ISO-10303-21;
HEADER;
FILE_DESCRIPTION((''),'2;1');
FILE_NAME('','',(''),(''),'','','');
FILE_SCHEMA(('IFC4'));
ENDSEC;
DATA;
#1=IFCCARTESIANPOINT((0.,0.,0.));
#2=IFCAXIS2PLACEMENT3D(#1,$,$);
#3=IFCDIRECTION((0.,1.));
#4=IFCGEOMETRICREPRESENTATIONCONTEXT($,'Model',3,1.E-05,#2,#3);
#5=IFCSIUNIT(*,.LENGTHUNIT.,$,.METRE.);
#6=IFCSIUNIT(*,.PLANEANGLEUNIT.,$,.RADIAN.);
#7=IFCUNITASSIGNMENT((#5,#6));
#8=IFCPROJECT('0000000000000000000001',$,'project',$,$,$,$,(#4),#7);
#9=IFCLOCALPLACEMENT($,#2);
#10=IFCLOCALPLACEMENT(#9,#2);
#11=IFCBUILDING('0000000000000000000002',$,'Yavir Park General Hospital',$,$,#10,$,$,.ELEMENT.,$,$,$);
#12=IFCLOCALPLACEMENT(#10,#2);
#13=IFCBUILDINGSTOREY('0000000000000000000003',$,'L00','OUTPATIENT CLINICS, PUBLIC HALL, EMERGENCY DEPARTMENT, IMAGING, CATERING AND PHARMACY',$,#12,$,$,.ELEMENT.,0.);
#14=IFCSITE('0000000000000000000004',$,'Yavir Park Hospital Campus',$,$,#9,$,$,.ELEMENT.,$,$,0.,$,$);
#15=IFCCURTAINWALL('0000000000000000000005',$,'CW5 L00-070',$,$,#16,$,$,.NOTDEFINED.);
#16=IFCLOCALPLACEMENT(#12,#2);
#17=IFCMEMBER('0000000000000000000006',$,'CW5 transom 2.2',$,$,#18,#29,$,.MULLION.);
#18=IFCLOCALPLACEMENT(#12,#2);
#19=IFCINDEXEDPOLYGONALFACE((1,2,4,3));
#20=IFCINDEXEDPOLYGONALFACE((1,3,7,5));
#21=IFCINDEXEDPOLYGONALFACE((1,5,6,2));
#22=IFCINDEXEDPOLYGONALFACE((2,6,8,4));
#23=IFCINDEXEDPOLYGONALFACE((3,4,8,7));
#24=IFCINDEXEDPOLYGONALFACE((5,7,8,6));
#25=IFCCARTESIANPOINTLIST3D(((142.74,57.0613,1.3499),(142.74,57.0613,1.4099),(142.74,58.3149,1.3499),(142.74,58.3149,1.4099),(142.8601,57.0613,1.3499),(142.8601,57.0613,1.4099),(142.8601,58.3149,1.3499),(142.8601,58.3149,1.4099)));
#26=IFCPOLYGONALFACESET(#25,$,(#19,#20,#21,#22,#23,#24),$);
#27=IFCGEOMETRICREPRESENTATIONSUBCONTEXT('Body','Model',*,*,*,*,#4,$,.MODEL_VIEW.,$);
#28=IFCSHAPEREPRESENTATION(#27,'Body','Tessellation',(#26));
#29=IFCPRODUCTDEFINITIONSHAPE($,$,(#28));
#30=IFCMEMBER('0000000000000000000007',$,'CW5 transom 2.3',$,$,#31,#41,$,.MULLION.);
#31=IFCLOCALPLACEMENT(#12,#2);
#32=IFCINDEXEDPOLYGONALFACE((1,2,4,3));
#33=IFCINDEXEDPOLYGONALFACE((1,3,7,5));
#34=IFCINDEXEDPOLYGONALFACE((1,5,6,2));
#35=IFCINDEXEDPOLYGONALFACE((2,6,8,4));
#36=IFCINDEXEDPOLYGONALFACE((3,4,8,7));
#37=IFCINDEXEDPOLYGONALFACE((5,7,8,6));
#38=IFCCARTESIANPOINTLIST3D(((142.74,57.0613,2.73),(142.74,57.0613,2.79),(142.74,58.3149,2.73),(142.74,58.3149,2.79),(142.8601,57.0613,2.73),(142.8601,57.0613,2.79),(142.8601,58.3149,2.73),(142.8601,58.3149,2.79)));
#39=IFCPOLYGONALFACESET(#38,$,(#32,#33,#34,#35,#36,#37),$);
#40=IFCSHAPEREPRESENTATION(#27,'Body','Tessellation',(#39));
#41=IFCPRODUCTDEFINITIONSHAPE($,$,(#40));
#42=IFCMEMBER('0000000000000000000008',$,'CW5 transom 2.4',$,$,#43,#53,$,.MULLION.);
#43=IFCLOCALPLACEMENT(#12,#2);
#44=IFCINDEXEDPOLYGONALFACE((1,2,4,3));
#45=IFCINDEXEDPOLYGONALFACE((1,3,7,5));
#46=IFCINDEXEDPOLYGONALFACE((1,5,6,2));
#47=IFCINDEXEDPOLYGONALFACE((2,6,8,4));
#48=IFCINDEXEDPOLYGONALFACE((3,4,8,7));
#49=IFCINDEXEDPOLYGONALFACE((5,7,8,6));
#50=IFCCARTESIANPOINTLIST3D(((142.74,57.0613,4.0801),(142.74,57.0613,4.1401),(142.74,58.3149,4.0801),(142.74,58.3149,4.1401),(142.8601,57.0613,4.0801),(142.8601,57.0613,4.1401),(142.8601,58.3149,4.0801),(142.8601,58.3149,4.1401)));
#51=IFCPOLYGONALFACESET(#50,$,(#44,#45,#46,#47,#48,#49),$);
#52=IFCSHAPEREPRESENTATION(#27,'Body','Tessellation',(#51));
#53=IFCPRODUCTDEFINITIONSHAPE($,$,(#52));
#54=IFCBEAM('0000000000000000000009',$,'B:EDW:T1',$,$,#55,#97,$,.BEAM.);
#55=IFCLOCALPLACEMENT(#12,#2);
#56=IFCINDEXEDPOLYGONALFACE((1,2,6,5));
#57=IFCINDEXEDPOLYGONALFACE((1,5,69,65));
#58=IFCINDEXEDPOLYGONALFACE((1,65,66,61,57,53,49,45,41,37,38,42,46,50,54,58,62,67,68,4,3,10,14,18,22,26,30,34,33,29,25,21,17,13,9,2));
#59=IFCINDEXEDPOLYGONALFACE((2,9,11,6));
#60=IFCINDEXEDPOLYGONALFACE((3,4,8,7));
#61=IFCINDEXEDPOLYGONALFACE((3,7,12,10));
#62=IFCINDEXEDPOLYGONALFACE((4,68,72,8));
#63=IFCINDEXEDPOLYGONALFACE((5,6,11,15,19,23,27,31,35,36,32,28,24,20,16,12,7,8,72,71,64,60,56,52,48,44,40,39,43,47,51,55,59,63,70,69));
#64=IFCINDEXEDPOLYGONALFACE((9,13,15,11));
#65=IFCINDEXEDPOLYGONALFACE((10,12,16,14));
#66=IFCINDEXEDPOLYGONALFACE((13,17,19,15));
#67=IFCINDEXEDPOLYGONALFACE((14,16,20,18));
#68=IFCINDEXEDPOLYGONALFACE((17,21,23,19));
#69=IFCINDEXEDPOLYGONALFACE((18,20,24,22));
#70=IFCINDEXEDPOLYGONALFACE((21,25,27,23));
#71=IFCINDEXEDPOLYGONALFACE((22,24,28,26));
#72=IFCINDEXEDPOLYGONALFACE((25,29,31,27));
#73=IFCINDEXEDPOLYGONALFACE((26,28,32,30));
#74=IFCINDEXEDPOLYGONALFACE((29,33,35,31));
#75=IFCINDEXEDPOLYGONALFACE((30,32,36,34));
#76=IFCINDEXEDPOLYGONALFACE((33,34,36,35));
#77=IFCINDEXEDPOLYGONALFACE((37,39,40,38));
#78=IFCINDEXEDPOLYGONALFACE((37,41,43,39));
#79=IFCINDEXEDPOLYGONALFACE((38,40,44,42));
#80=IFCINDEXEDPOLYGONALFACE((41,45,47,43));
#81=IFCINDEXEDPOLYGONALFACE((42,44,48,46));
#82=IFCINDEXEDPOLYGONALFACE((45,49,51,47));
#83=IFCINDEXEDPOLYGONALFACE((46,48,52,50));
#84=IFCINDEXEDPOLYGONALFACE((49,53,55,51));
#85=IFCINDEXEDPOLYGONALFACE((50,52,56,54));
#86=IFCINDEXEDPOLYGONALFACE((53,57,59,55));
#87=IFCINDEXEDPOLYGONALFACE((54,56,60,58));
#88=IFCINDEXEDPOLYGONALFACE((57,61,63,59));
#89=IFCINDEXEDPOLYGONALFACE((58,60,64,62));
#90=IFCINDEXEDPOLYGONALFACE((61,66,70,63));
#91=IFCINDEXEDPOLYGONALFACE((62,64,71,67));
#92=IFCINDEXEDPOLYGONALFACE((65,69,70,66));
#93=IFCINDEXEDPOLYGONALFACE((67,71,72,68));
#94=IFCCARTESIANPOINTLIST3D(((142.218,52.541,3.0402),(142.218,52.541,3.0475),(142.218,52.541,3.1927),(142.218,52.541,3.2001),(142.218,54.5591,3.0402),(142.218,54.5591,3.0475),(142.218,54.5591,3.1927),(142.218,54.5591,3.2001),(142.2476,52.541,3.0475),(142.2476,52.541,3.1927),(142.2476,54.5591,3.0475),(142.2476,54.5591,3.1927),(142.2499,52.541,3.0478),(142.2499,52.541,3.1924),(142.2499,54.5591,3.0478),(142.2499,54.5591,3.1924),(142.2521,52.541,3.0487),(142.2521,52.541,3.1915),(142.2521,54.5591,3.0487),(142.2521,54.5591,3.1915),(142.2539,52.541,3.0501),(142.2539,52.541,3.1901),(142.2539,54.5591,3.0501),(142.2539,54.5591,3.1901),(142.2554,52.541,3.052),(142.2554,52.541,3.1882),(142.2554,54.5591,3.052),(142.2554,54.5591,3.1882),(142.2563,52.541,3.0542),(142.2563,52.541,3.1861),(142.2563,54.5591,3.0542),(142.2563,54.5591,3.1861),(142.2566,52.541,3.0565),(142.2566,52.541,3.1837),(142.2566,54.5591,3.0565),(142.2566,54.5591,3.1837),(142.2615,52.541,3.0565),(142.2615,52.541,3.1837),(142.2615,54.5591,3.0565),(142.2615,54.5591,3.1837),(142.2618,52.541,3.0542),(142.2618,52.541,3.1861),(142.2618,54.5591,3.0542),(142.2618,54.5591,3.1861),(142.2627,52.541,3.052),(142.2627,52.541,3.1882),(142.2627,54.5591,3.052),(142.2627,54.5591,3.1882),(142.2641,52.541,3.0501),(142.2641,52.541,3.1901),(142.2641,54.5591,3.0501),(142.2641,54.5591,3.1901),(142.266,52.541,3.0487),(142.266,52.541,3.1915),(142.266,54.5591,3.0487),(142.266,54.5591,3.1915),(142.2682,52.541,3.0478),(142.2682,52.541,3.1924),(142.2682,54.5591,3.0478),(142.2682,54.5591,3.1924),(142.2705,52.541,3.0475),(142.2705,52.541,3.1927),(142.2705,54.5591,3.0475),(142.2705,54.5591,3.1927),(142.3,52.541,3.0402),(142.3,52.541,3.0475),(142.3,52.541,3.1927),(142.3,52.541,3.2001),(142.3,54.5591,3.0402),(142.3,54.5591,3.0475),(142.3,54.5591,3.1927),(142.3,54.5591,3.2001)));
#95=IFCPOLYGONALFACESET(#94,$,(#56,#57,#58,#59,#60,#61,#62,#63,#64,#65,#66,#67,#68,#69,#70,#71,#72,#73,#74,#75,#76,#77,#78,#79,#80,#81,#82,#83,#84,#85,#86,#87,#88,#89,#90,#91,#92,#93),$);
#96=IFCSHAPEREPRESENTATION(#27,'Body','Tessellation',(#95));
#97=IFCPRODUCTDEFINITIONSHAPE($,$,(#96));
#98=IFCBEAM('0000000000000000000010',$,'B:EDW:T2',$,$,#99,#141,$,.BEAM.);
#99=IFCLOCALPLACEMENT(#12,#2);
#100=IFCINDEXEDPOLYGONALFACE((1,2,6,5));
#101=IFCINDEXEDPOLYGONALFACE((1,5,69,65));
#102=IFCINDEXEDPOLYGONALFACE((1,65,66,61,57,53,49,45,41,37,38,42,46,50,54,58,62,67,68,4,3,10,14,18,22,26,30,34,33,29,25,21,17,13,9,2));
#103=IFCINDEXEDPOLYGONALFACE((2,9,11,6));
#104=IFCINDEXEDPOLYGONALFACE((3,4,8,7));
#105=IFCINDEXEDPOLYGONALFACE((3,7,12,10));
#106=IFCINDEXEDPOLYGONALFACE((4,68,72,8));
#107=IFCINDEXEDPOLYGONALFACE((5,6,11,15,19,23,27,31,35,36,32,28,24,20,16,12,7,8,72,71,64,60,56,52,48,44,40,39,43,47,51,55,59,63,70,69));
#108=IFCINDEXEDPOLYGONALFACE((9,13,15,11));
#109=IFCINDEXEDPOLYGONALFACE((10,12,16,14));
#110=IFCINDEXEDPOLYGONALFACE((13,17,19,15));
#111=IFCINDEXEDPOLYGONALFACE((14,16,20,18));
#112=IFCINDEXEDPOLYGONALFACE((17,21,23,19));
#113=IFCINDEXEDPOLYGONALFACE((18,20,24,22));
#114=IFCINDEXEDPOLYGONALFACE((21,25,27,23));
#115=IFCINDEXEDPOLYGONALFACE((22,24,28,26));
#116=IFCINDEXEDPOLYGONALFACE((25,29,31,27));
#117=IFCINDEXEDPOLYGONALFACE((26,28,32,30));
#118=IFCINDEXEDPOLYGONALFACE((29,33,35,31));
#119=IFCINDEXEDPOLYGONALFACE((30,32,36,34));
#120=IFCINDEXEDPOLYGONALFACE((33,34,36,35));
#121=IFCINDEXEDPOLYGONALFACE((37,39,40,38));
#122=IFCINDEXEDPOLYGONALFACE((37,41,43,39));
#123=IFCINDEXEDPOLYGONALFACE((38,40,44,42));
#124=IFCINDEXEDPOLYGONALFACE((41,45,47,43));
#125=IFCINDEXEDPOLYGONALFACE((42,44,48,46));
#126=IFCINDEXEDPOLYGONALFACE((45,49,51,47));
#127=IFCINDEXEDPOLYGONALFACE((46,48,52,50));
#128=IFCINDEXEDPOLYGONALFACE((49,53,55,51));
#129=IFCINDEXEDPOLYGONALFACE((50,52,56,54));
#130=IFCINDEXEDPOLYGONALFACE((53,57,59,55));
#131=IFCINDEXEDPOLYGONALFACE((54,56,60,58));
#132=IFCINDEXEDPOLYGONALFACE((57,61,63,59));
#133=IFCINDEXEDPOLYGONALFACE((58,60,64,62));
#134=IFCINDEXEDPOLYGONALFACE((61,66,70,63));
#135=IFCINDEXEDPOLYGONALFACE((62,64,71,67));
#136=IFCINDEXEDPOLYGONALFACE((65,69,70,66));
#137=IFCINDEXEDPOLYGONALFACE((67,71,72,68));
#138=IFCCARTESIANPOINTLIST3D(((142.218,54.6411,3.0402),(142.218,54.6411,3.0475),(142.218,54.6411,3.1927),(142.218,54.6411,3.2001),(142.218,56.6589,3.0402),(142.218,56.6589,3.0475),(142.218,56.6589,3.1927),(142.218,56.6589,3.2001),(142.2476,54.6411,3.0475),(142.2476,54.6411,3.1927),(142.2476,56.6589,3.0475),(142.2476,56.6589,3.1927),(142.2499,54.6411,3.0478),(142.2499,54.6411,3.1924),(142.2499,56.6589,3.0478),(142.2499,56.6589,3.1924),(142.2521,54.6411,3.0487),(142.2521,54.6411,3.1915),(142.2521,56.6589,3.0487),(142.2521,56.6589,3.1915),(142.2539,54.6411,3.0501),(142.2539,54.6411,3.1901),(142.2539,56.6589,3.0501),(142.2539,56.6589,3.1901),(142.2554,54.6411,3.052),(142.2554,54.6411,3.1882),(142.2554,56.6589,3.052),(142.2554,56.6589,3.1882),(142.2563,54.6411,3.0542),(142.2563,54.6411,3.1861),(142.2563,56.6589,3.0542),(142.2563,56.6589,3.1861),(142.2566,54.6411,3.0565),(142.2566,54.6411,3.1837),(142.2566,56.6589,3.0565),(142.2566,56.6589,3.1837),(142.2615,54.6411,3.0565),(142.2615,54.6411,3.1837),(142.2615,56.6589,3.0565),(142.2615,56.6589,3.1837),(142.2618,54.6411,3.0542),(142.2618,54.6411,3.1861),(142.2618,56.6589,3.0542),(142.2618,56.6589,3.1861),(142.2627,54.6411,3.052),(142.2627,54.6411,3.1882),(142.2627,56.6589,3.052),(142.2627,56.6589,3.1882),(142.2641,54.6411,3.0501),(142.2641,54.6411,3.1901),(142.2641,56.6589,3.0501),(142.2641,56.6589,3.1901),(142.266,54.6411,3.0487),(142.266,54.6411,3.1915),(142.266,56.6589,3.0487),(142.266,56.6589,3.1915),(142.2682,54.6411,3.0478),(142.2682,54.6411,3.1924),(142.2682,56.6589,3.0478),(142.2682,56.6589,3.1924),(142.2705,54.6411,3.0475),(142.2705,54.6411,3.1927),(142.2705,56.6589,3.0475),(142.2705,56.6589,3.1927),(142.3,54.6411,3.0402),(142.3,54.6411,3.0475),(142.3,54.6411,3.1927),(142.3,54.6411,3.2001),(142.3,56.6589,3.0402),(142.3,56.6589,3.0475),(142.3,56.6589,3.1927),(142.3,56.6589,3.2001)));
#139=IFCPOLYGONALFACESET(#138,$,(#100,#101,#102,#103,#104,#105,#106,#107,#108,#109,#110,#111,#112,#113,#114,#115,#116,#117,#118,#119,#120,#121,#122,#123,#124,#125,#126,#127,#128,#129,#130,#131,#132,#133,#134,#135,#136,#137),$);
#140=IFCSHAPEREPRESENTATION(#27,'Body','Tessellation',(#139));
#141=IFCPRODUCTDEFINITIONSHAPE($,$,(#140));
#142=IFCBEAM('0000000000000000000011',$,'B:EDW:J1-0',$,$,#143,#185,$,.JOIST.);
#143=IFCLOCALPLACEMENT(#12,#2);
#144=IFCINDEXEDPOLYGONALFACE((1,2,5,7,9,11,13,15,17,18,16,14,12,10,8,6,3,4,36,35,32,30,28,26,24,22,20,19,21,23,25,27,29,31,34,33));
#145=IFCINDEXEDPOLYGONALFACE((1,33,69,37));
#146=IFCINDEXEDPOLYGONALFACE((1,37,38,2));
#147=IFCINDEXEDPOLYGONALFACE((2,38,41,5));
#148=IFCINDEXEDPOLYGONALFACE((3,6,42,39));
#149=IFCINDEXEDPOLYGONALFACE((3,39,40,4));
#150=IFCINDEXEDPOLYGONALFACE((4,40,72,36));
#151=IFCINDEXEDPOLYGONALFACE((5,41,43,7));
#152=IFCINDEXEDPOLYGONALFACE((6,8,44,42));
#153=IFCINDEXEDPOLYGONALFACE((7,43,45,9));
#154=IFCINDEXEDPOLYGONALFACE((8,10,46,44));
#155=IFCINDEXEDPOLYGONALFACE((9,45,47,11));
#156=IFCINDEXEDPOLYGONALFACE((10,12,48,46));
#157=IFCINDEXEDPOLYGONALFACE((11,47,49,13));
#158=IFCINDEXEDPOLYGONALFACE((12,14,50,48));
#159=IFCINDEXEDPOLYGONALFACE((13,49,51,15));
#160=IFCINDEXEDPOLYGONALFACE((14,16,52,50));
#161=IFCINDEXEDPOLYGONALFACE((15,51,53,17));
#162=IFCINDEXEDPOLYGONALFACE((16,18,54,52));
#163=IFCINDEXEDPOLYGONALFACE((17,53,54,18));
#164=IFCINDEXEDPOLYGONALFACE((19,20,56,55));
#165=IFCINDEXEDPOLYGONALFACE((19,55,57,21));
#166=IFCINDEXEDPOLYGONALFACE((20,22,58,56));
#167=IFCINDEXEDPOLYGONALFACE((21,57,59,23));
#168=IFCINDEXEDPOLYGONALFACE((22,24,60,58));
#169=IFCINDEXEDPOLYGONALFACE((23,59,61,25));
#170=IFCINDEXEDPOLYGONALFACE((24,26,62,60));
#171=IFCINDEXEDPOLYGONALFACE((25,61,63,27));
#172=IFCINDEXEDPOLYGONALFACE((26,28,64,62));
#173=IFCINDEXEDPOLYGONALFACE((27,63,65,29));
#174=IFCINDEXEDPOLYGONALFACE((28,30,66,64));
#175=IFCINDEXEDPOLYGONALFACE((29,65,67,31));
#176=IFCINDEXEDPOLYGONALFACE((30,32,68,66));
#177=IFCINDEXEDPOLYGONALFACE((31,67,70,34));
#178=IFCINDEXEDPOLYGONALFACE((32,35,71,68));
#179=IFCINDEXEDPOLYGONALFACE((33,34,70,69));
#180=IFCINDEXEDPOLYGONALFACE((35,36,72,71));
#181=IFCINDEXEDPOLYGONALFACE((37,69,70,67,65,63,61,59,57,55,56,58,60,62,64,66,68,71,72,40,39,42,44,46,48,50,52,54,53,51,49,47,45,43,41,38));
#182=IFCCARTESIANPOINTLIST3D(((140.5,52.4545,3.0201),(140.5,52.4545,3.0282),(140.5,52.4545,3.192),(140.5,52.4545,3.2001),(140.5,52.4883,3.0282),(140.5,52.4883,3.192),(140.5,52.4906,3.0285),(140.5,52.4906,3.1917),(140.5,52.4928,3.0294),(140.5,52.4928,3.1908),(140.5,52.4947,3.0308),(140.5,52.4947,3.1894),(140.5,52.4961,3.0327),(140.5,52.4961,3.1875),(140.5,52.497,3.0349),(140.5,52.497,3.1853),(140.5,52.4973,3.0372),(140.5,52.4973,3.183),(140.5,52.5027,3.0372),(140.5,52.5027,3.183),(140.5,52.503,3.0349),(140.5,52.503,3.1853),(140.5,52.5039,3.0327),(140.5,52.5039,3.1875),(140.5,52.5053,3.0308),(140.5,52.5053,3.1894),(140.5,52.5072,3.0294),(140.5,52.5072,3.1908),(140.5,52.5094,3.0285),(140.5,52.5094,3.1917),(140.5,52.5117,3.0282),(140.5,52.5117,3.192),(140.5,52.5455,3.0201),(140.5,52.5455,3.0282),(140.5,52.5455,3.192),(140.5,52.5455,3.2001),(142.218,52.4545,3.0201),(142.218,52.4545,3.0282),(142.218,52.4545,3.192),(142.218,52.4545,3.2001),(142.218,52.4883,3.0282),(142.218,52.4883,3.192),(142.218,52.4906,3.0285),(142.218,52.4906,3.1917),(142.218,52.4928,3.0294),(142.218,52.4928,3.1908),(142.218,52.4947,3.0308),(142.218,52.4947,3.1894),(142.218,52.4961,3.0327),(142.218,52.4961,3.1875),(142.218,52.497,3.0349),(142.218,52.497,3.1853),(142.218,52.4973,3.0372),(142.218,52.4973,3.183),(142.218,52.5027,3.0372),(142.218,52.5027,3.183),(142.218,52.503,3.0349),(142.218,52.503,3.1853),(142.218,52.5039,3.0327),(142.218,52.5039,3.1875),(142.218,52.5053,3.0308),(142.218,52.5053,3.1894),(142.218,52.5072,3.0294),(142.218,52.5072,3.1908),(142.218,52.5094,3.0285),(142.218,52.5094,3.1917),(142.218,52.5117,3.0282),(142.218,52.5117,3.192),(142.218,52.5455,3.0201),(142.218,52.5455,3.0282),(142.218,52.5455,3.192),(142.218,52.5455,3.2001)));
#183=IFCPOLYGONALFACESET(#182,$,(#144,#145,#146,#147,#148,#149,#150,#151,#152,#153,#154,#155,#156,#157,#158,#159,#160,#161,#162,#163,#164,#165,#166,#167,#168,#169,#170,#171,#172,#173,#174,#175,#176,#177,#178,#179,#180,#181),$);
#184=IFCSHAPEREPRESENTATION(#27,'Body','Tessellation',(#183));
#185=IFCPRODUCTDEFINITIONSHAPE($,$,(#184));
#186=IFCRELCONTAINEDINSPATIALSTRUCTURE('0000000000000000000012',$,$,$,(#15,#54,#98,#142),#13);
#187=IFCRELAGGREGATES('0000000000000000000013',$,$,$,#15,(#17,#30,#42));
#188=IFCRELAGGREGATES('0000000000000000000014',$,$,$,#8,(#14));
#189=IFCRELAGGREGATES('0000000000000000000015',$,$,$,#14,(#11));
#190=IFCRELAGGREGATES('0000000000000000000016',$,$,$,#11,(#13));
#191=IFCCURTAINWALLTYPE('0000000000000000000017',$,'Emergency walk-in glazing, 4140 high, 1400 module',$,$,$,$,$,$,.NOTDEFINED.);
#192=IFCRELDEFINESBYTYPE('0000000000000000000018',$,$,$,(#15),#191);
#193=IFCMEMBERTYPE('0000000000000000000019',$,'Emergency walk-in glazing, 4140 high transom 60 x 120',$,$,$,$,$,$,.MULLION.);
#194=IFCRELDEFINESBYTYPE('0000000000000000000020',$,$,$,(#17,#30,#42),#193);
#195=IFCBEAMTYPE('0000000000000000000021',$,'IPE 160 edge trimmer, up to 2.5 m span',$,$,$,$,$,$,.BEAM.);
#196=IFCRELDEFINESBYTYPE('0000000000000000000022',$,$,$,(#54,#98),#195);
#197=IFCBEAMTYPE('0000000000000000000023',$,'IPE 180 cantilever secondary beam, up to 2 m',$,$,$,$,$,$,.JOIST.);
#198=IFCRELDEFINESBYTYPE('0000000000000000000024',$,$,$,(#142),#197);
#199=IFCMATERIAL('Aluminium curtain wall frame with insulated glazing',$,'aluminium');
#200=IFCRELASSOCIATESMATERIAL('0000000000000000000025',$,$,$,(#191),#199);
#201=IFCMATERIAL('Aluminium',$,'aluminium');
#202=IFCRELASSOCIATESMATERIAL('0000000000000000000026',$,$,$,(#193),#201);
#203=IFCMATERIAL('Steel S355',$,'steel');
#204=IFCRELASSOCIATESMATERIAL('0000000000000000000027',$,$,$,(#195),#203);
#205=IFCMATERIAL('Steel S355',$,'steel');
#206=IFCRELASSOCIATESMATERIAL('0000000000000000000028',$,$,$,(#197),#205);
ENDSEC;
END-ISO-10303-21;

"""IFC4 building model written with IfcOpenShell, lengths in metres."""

from ifc_helpers import new_model, si_unit, direction, frame, origin, origin_2d, place, context, subcontext, project, spatial, rectangle, i_section, extrude, material, material_profile, profile_set, type_object, element, aggregate, save


model = new_model("IFC4")

# Units and contexts
model_context = context("Model", 3, precision=1e-05, world=origin(), true_north=direction((0.0, 1.0)))
body_context = subcontext(model_context, "Body", "Model", "MODEL_VIEW")
ifc_project = project(units=[si_unit("LENGTHUNIT", "METRE"), si_unit("PLANEANGLEUNIT", "RADIAN")], contexts=[model_context])

# Site, building, storey
site_placement = place(None, origin())
site = spatial("IfcSite", under=ifc_project, at=site_placement, Name="Yavir Park Hospital Campus", CompositionType="ELEMENT", RefElevation=0.0)
building_placement = place(site_placement, origin())
building = spatial("IfcBuilding", under=site, at=building_placement, Name="Yavir Park General Hospital", CompositionType="ELEMENT")
storey_placement = place(building_placement, origin())
storey = spatial("IfcBuildingStorey", under=building, at=storey_placement, Name="L00", Description="OUTPATIENT CLINICS, PUBLIC HALL, EMERGENCY DEPARTMENT, IMAGING, CATERING AND PHARMACY", CompositionType="ELEMENT", Elevation=0.0)

# Shared definitions
ifc_material_1 = material(Name="Aluminium curtain wall frame with insulated glazing", Category="aluminium")
curtain_wall_type_1 = type_object("IfcCurtainWallType", Name="Emergency walk-in glazing, 4140 high, 1400 module", PredefinedType="NOTDEFINED", material=ifc_material_1)

# Curtain wall, members
curtain_wall_1_placement = place(storey_placement, origin())
curtain_wall_1 = element("IfcCurtainWall", 1, at=curtain_wall_1_placement, inside=storey, type_object=curtain_wall_type_1, Name="CW5 L00-070", PredefinedType="NOTDEFINED")
ifc_material_2 = material(Name="Aluminium", Category="aluminium")
ifc_material_profile_1 = material_profile(ifc_material_2, rectangle(XDim=0.1201, YDim=0.0601, at=origin_2d()), Name="AL 120x60")
ifc_profile_set_1 = profile_set([ifc_material_profile_1], Name="Aluminium")
member_type_1 = type_object("IfcMemberType", Name="Emergency walk-in glazing, 4140 high transom 60 x 120", PredefinedType="MULLION", material=ifc_profile_set_1)
member_1_placement = place(storey_placement, frame((142.8, 57.0613, 1.3799), z_axis=(0.0, 1.0, 0.0), x_axis=(-1.0, 0.0, 0.0)))
member_1 = element("IfcMember", 2, at=member_1_placement, type_object=member_type_1, Name="CW5 transom 2.2", PredefinedType="MULLION", context=body_context, shape_type="SweptSolid", body=[
    extrude(rectangle(XDim=0.1201, YDim=0.0601, at=origin_2d()), origin(), (0.0, 0.0, 1.0), 1.2537),
])
member_2_placement = place(storey_placement, frame((142.8, 57.0613, 2.76), z_axis=(0.0, 1.0, 0.0), x_axis=(-1.0, 0.0, 0.0)))
member_2 = element("IfcMember", 3, at=member_2_placement, type_object=member_type_1, Name="CW5 transom 2.3", PredefinedType="MULLION", context=body_context, shape_type="SweptSolid", body=[
    extrude(rectangle(XDim=0.1201, YDim=0.0601, at=origin_2d()), origin(), (0.0, 0.0, 1.0), 1.2537),
])
member_3_placement = place(storey_placement, frame((142.8, 57.0613, 4.1101), z_axis=(0.0, 1.0, 0.0), x_axis=(-1.0, 0.0, 0.0)))
member_3 = element("IfcMember", 4, at=member_3_placement, type_object=member_type_1, Name="CW5 transom 2.4", PredefinedType="MULLION", context=body_context, shape_type="SweptSolid", body=[
    extrude(rectangle(XDim=0.1201, YDim=0.0601, at=origin_2d()), origin(), (0.0, 0.0, 1.0), 1.2537),
])

# Beams
ifc_material_3 = material(Name="Steel S355", Category="steel")
ifc_material_profile_2 = material_profile(ifc_material_3, i_section(OverallWidth=0.082, OverallDepth=0.1599, WebThickness=0.0049, FlangeThickness=0.0073, FilletRadius=0.009, at=origin_2d()), Name="IPE160")
ifc_profile_set_2 = profile_set([ifc_material_profile_2], Name="Steel S355")
beam_type_1 = type_object("IfcBeamType", Name="IPE 160 edge trimmer, up to 2.5 m span", PredefinedType="BEAM", material=ifc_profile_set_2)
beam_1_placement = place(storey_placement, frame((142.259, 52.541, 3.1201), z_axis=(0.0, 1.0, 0.0), x_axis=(-1.0, 0.0, 0.0)))
element("IfcBeam", 5, at=beam_1_placement, inside=storey, type_object=beam_type_1, Name="B:EDW:T1", PredefinedType="BEAM", context=body_context, shape_type="SweptSolid", body=[
    extrude(i_section(OverallWidth=0.082, OverallDepth=0.1599, WebThickness=0.0049, FlangeThickness=0.0073, FilletRadius=0.009, at=origin_2d()), origin(), (0.0, 0.0, 1.0), 2.0181),
])
beam_2_placement = place(storey_placement, frame((142.259, 54.6411, 3.1201), z_axis=(0.0, 1.0, 0.0), x_axis=(-1.0, 0.0, 0.0)))
element("IfcBeam", 6, at=beam_2_placement, inside=storey, type_object=beam_type_1, Name="B:EDW:T2", PredefinedType="BEAM", context=body_context, shape_type="SweptSolid", body=[
    extrude(i_section(OverallWidth=0.082, OverallDepth=0.1599, WebThickness=0.0049, FlangeThickness=0.0073, FilletRadius=0.009, at=origin_2d()), origin(), (0.0, 0.0, 1.0), 2.0178),
])
ifc_material_4 = material(Name="Steel S355", Category="steel")
ifc_material_profile_3 = material_profile(ifc_material_4, i_section(OverallWidth=0.0911, OverallDepth=0.1799, WebThickness=0.0054, FlangeThickness=0.0081, FilletRadius=0.009, at=origin_2d()), Name="IPE180")
ifc_profile_set_3 = profile_set([ifc_material_profile_3], Name="Steel S355")
beam_type_2 = type_object("IfcBeamType", Name="IPE 180 cantilever secondary beam, up to 2 m", PredefinedType="JOIST", material=ifc_profile_set_3)
for number, where, z_axis, x_axis, name in (
    (7, (142.218, 52.5, 3.1101), (-1.0, 0.0, 0.0), (0.0, -1.0, 0.0), "B:EDW:J1-0"),
):
    element("IfcBeam", number, at=place(storey_placement, frame(where, z_axis=z_axis, x_axis=x_axis)), inside=storey, type_object=beam_type_2, Name=name, PredefinedType="JOIST", context=body_context, shape_type="SweptSolid", body=[
        extrude(i_section(OverallWidth=0.0911, OverallDepth=0.1799, WebThickness=0.0054, FlangeThickness=0.0081, FilletRadius=0.009, at=origin_2d()), origin(), (0.0, 0.0, 1.0), 1.718),
    ])

aggregate(curtain_wall_1, [member_1, member_2, member_3])

save(model, "model.ifc")
